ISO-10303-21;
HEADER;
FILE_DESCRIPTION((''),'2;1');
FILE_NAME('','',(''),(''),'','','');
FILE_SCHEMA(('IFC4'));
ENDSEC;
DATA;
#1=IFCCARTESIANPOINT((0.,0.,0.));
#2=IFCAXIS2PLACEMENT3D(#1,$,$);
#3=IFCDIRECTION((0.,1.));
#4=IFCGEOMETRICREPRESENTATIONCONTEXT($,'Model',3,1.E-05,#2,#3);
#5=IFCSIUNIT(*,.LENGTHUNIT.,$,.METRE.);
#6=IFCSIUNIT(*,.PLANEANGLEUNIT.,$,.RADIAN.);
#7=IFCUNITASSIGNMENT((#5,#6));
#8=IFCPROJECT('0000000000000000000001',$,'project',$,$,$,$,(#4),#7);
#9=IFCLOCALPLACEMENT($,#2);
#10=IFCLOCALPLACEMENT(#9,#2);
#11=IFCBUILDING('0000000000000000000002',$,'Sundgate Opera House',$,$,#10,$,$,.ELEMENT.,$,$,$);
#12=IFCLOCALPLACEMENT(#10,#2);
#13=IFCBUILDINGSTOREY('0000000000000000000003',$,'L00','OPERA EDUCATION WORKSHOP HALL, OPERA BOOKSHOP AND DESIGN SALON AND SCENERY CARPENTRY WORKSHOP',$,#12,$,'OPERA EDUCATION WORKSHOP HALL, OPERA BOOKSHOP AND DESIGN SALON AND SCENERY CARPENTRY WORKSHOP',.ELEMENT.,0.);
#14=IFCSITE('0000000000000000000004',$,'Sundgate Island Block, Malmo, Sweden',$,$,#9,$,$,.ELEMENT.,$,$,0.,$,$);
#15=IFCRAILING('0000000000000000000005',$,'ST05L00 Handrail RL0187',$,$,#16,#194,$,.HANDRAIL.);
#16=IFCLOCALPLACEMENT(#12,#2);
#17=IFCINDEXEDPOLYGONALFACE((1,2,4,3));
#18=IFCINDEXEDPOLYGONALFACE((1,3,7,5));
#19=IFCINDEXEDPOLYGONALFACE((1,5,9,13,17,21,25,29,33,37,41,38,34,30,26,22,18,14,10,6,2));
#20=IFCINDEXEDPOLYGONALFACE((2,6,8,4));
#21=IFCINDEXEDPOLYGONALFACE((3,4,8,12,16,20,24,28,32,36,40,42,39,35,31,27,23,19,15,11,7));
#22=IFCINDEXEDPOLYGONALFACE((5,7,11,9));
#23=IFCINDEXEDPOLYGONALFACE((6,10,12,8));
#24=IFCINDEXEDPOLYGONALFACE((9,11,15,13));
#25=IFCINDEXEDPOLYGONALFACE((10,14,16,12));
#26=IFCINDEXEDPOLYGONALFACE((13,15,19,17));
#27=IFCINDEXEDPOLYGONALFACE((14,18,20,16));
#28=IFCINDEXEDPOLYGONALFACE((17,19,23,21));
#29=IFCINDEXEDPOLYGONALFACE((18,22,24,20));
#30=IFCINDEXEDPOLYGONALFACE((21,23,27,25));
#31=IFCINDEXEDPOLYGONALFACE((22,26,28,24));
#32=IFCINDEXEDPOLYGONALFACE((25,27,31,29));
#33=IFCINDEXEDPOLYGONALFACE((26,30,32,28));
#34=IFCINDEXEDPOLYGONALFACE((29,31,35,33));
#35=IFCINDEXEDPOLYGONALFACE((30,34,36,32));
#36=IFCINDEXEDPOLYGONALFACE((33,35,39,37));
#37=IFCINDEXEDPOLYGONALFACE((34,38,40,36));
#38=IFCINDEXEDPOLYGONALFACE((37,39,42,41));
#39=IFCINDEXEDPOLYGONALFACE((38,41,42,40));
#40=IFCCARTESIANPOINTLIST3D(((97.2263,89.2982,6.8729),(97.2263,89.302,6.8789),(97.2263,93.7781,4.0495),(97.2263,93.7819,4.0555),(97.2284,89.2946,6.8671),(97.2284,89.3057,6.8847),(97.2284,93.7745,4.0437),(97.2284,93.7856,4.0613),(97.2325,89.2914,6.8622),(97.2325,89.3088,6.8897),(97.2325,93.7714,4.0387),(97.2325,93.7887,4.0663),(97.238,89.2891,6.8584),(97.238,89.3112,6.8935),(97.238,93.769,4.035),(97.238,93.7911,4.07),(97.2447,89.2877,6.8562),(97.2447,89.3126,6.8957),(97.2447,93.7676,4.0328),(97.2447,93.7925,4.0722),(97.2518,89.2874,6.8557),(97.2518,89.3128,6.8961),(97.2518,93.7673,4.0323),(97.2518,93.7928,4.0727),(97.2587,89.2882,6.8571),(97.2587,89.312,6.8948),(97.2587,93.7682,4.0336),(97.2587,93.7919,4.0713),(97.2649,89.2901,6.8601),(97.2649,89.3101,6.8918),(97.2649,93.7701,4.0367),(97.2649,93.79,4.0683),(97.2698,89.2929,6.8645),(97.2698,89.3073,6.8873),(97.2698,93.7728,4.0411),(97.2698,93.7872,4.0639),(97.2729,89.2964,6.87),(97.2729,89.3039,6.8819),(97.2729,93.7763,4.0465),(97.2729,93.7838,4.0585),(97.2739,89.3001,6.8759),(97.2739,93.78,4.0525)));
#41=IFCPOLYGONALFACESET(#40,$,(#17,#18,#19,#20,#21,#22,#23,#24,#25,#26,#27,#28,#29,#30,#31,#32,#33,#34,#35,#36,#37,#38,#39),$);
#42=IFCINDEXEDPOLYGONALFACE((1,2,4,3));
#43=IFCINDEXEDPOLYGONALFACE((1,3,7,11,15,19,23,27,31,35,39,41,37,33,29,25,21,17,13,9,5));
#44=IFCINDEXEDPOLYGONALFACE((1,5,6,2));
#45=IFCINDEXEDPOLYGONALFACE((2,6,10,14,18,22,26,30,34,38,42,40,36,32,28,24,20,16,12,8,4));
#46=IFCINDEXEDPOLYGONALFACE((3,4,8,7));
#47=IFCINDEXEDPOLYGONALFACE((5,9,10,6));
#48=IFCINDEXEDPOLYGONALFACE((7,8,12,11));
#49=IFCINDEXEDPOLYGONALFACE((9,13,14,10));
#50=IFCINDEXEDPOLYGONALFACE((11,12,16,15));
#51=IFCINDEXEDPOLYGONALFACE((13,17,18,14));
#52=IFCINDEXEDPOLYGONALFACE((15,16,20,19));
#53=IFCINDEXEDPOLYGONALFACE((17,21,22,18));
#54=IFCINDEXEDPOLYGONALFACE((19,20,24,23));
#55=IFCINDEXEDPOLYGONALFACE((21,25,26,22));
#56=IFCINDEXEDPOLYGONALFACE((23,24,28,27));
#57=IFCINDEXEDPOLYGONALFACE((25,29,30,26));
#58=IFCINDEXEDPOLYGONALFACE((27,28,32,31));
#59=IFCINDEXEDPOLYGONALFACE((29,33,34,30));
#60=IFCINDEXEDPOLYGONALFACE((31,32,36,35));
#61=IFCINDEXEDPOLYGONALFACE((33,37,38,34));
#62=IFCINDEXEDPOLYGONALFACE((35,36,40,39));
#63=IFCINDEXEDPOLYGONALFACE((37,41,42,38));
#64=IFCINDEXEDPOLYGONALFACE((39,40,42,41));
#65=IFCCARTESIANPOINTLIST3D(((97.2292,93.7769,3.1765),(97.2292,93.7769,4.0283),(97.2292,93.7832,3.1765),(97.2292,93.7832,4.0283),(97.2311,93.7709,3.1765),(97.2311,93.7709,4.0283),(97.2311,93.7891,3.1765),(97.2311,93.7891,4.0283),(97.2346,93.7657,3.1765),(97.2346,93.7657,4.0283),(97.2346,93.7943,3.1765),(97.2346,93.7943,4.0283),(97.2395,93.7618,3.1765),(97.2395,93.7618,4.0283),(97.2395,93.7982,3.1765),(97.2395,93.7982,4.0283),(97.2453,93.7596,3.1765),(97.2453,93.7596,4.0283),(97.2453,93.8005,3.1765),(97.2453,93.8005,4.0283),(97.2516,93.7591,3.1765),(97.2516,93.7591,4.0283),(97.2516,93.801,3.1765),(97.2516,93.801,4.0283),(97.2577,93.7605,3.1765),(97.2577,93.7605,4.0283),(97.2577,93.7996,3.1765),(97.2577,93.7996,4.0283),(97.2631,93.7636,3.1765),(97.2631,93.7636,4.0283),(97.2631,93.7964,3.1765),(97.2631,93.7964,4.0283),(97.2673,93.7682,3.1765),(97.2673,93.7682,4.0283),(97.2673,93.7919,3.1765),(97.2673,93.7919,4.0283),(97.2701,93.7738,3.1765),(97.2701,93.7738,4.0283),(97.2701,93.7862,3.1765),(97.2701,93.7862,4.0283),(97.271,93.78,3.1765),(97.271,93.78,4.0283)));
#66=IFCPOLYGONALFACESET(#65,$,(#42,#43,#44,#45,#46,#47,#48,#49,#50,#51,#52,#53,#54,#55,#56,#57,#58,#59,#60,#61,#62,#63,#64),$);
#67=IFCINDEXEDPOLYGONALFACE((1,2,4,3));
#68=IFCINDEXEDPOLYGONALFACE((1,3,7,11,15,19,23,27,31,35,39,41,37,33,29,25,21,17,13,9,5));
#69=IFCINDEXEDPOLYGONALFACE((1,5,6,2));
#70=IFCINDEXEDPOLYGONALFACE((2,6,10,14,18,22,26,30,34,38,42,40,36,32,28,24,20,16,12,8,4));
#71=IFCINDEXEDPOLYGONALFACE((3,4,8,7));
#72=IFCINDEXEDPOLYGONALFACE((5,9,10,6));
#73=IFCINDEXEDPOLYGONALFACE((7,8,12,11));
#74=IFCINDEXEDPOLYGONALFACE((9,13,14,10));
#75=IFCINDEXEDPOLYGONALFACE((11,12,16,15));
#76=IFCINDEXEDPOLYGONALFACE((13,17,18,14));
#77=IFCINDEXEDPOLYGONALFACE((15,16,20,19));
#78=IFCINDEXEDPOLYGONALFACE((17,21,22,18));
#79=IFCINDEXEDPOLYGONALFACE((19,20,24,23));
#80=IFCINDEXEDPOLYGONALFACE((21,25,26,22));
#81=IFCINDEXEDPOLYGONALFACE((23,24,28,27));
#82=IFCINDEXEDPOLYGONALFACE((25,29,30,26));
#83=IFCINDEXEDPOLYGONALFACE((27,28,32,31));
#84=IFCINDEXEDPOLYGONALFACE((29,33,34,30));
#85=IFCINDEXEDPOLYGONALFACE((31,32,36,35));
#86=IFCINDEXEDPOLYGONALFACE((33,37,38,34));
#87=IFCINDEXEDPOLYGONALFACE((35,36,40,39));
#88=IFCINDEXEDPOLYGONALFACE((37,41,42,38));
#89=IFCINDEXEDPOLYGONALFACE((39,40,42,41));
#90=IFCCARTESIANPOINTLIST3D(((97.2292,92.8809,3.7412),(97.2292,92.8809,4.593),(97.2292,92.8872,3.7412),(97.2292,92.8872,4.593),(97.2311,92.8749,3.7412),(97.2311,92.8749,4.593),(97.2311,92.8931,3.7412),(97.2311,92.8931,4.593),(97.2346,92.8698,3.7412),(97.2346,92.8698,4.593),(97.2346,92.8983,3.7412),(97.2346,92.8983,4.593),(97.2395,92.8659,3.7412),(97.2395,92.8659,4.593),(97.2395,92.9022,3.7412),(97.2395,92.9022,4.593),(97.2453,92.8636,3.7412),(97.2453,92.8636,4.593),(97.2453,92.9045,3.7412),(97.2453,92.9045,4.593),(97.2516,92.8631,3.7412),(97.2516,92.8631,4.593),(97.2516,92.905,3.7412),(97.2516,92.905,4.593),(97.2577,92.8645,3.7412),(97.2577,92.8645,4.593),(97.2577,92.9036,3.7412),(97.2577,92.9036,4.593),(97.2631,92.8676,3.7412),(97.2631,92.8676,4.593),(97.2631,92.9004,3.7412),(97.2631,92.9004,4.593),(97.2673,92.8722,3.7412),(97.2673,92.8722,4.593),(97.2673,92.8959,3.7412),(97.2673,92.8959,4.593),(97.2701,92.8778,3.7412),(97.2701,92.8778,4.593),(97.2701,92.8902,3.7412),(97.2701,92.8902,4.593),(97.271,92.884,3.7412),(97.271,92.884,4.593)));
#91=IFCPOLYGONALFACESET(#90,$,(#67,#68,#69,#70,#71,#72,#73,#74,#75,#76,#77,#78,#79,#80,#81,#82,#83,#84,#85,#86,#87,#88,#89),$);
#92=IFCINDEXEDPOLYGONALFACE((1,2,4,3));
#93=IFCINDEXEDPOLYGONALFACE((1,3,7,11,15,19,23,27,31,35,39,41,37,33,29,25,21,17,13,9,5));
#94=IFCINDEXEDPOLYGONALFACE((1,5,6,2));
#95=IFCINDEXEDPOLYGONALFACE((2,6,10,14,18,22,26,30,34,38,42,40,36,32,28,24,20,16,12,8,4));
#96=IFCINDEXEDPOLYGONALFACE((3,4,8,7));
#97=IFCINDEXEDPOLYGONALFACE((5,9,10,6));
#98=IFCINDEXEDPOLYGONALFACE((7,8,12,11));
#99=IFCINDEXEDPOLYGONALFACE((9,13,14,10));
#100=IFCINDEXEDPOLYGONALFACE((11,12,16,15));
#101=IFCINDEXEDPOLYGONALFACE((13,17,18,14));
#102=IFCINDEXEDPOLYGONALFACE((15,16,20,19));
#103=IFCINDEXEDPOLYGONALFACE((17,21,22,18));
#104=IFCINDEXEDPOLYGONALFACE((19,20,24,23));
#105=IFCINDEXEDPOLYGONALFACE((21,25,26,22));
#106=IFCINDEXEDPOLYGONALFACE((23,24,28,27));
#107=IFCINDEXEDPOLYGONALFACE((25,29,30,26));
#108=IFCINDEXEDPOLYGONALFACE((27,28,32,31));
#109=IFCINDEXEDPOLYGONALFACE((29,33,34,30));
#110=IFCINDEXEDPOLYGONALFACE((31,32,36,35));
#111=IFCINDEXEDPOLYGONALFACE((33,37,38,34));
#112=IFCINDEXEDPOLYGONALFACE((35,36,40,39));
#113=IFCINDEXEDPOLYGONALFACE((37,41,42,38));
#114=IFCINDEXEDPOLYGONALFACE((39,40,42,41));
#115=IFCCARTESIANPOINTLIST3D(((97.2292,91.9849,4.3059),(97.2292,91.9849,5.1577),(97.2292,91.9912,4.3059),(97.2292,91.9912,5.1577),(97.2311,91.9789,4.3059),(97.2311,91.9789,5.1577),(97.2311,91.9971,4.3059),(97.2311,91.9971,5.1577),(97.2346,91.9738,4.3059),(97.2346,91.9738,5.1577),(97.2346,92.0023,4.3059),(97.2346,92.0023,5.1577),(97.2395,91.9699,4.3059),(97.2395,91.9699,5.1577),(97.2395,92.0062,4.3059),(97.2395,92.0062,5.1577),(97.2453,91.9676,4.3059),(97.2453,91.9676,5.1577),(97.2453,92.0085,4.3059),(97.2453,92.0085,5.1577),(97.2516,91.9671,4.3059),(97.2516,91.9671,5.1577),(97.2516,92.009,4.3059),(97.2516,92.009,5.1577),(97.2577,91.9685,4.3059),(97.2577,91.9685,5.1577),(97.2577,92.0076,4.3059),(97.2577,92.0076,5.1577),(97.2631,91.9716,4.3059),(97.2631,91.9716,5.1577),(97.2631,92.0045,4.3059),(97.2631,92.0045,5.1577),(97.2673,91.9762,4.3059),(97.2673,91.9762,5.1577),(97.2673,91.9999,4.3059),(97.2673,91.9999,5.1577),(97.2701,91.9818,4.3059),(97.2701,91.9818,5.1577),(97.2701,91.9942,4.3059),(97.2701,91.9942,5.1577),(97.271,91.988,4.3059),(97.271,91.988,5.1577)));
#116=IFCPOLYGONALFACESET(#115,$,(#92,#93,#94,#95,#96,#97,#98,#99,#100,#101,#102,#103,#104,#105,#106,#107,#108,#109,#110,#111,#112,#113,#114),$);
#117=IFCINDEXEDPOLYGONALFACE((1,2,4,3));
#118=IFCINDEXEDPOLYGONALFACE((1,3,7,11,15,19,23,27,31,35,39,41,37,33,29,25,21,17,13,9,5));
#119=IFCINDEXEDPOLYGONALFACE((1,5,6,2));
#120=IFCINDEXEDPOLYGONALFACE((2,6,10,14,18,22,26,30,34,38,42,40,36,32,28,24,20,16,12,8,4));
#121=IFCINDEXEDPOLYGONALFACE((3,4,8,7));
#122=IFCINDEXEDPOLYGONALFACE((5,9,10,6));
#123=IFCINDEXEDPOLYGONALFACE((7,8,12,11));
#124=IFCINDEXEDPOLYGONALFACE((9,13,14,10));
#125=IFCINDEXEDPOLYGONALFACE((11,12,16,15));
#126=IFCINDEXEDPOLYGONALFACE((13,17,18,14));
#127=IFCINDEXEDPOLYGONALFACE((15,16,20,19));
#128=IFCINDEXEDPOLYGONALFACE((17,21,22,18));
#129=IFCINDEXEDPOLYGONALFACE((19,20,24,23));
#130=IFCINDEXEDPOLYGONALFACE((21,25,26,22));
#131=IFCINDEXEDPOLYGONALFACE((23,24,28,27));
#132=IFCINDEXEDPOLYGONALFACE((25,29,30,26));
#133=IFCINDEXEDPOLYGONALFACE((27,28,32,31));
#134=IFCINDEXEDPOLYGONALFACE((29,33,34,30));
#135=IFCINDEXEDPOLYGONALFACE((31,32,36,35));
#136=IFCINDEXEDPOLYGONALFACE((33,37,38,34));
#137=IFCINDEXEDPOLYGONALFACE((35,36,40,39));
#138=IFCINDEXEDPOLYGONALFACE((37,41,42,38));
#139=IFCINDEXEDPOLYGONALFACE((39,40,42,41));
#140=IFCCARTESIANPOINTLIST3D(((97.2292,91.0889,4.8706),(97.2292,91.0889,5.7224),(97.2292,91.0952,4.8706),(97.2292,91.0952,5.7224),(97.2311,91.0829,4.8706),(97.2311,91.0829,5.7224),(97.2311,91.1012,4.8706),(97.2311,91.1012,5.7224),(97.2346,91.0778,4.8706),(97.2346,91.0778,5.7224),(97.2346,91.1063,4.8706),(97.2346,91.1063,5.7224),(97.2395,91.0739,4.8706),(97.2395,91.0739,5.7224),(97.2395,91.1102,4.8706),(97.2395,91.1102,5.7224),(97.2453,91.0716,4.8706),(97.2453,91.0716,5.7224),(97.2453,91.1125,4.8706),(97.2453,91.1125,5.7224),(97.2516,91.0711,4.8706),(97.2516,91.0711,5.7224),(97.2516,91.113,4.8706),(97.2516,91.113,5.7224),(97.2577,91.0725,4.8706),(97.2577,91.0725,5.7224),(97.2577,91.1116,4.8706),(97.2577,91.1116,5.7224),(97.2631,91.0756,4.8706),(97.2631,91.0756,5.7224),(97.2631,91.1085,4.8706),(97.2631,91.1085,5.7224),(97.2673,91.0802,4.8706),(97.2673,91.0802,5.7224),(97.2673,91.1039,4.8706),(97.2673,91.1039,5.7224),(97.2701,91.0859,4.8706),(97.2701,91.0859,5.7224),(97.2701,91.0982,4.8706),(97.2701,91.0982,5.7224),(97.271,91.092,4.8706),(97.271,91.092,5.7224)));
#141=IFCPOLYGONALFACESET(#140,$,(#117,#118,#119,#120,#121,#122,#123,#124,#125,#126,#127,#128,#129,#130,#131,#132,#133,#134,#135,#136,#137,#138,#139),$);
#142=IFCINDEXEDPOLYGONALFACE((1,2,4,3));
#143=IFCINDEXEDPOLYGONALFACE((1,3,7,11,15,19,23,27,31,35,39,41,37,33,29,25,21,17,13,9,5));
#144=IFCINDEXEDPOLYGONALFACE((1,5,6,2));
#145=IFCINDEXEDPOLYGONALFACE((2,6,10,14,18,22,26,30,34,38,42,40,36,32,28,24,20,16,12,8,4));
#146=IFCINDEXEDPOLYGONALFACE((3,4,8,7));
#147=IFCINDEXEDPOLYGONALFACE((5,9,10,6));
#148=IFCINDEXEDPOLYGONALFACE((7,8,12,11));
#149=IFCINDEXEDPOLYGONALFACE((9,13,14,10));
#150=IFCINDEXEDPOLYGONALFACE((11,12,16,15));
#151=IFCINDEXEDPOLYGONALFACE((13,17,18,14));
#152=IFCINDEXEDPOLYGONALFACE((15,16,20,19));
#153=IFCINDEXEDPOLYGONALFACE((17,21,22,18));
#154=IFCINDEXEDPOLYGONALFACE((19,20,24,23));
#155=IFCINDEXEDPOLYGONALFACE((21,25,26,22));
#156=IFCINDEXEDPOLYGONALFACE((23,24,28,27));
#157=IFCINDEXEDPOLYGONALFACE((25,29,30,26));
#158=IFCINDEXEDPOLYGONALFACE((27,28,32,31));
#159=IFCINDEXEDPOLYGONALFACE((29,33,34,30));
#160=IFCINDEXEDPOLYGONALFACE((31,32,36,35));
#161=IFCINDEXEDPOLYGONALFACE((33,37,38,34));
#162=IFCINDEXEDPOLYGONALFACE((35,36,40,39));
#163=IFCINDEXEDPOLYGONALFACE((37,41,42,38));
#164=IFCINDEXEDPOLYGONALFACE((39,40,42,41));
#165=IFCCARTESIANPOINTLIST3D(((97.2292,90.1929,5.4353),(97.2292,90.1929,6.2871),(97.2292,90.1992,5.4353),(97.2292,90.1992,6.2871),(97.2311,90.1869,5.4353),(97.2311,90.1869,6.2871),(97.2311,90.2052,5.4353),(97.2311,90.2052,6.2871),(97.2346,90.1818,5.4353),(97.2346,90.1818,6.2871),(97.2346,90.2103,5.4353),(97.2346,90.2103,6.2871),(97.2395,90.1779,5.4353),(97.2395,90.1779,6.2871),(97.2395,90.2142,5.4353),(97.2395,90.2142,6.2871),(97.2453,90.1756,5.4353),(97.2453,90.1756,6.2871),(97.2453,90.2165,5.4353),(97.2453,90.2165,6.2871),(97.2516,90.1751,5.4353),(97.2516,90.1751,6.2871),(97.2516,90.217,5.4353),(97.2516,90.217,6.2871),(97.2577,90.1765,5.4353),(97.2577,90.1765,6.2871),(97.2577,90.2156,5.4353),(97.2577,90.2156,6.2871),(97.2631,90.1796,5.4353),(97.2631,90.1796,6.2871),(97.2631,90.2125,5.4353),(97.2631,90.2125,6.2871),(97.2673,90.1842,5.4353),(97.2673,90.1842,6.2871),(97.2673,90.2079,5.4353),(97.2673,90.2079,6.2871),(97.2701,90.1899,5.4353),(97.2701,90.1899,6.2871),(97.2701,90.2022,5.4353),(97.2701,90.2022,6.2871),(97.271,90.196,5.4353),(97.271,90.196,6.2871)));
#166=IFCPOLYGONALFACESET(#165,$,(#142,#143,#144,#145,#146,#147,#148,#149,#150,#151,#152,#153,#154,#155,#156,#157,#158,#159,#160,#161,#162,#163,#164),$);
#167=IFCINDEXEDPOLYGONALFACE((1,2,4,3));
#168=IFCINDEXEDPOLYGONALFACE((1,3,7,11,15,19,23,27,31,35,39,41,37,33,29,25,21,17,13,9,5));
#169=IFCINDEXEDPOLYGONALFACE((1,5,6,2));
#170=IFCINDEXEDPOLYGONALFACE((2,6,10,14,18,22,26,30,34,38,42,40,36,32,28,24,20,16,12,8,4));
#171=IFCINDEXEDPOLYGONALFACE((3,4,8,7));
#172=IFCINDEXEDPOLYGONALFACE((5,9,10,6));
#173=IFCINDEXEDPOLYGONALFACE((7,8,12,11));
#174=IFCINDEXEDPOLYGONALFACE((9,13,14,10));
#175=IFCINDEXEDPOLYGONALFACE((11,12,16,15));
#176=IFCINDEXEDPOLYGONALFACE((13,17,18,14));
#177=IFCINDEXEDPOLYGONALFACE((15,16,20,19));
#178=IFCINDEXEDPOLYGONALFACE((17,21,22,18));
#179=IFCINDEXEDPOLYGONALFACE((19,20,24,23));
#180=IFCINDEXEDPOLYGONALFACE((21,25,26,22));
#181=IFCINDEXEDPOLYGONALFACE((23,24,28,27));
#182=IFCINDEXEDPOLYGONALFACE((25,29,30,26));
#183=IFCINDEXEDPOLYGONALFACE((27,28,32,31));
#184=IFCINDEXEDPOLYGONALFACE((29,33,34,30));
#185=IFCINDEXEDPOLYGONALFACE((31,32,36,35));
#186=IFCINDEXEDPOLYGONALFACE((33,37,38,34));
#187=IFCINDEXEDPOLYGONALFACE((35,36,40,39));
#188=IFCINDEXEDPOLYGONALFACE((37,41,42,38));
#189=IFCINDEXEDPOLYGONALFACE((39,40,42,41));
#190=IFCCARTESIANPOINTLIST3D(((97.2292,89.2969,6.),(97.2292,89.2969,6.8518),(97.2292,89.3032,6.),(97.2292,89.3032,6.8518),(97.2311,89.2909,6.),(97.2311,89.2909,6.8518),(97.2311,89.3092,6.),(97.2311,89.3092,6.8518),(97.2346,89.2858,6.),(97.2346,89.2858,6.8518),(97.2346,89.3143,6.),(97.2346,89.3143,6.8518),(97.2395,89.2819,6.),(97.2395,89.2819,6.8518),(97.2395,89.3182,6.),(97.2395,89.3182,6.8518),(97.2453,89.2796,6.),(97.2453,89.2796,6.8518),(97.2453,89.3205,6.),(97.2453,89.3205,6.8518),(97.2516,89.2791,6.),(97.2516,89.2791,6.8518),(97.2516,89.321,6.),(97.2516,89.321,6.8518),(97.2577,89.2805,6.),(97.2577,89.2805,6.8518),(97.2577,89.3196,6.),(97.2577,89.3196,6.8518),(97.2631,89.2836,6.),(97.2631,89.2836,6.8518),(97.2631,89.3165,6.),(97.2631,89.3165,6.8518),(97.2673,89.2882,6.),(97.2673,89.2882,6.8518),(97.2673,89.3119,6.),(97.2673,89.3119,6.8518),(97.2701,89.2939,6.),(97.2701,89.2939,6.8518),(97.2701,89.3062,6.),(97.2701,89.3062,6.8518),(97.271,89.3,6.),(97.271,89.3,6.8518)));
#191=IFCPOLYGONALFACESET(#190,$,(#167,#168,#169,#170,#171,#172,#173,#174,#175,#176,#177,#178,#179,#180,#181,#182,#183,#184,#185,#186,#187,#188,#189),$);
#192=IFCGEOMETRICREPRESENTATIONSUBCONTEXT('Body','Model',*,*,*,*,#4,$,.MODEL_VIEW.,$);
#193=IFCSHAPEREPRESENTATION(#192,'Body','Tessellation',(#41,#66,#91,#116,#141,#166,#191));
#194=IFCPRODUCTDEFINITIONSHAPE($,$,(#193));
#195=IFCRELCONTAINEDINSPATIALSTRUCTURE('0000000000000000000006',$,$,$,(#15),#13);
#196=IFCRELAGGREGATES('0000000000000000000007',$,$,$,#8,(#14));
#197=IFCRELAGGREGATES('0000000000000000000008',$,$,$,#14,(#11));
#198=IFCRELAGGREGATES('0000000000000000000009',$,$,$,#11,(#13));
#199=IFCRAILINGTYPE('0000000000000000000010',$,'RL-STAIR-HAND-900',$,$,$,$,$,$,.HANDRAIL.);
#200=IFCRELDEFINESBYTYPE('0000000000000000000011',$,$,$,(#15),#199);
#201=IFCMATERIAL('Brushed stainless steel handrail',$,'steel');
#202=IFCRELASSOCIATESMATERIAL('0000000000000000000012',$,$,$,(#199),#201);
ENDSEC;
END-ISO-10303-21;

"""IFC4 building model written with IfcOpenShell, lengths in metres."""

from ifc_helpers import new_model, si_unit, direction, frame, origin, origin_2d, place, context, subcontext, project, spatial, circle, extrude, material, type_object, element, save


model = new_model("IFC4")

# Units and contexts
model_context = context("Model", 3, precision=1e-05, world=origin(), true_north=direction((0.0, 1.0)))
body_context = subcontext(model_context, "Body", "Model", "MODEL_VIEW")
ifc_project = project(units=[si_unit("LENGTHUNIT", "METRE"), si_unit("PLANEANGLEUNIT", "RADIAN")], contexts=[model_context])

# Site, building, storey
site_placement = place(None, origin())
site = spatial("IfcSite", under=ifc_project, at=site_placement, Name="Sundgate Island Block, Malmo, Sweden", CompositionType="ELEMENT", RefElevation=0.0)
building_placement = place(site_placement, origin())
building = spatial("IfcBuilding", under=site, at=building_placement, Name="Sundgate Opera House", CompositionType="ELEMENT")
storey_placement = place(building_placement, origin())
storey = spatial("IfcBuildingStorey", under=building, at=storey_placement, Name="L00", Description="OPERA EDUCATION WORKSHOP HALL, OPERA BOOKSHOP AND DESIGN SALON AND SCENERY CARPENTRY WORKSHOP", LongName="OPERA EDUCATION WORKSHOP HALL, OPERA BOOKSHOP AND DESIGN SALON AND SCENERY CARPENTRY WORKSHOP", CompositionType="ELEMENT", Elevation=0.0)

# Railing
ifc_material_1 = material(Name="Brushed stainless steel handrail", Category="steel")
railing_type_1 = type_object("IfcRailingType", Name="RL-STAIR-HAND-900", PredefinedType="HANDRAIL", material=ifc_material_1)
railing_1_placement = place(storey_placement, frame((97.25, 93.78, 3.1765)))
element("IfcRailing", 1, at=railing_1_placement, inside=storey, type_object=railing_type_1, Name="ST05L00 Handrail RL0187", PredefinedType="HANDRAIL", context=body_context, shape_type="SweptSolid", body=[
    extrude(circle(Radius=0.0239, at=origin_2d()), frame((0.0, 0.0, 0.876), z_axis=(0.0, -0.845998, 0.533186), x_axis=(1.0, 0.0, 0.0)), (0.0, 0.0, 1.0), 5.2954),
    extrude(circle(Radius=0.021, at=origin_2d()), origin(), (0.0, 0.0, 1.0), 0.8518),
    extrude(circle(Radius=0.021, at=origin_2d()), frame((0.0, -0.896, 0.5647)), (0.0, 0.0, 1.0), 0.8518),
    extrude(circle(Radius=0.021, at=origin_2d()), frame((0.0, -1.792, 1.1294)), (0.0, 0.0, 1.0), 0.8518),
    extrude(circle(Radius=0.021, at=origin_2d()), frame((0.0, -2.688, 1.6941)), (0.0, 0.0, 1.0), 0.8518),
    extrude(circle(Radius=0.021, at=origin_2d()), frame((0.0, -3.584, 2.2588)), (0.0, 0.0, 1.0), 0.8518),
    extrude(circle(Radius=0.021, at=origin_2d()), frame((0.0, -4.48, 2.8235)), (0.0, 0.0, 1.0), 0.8518),
])

save(model, "model.ifc")
